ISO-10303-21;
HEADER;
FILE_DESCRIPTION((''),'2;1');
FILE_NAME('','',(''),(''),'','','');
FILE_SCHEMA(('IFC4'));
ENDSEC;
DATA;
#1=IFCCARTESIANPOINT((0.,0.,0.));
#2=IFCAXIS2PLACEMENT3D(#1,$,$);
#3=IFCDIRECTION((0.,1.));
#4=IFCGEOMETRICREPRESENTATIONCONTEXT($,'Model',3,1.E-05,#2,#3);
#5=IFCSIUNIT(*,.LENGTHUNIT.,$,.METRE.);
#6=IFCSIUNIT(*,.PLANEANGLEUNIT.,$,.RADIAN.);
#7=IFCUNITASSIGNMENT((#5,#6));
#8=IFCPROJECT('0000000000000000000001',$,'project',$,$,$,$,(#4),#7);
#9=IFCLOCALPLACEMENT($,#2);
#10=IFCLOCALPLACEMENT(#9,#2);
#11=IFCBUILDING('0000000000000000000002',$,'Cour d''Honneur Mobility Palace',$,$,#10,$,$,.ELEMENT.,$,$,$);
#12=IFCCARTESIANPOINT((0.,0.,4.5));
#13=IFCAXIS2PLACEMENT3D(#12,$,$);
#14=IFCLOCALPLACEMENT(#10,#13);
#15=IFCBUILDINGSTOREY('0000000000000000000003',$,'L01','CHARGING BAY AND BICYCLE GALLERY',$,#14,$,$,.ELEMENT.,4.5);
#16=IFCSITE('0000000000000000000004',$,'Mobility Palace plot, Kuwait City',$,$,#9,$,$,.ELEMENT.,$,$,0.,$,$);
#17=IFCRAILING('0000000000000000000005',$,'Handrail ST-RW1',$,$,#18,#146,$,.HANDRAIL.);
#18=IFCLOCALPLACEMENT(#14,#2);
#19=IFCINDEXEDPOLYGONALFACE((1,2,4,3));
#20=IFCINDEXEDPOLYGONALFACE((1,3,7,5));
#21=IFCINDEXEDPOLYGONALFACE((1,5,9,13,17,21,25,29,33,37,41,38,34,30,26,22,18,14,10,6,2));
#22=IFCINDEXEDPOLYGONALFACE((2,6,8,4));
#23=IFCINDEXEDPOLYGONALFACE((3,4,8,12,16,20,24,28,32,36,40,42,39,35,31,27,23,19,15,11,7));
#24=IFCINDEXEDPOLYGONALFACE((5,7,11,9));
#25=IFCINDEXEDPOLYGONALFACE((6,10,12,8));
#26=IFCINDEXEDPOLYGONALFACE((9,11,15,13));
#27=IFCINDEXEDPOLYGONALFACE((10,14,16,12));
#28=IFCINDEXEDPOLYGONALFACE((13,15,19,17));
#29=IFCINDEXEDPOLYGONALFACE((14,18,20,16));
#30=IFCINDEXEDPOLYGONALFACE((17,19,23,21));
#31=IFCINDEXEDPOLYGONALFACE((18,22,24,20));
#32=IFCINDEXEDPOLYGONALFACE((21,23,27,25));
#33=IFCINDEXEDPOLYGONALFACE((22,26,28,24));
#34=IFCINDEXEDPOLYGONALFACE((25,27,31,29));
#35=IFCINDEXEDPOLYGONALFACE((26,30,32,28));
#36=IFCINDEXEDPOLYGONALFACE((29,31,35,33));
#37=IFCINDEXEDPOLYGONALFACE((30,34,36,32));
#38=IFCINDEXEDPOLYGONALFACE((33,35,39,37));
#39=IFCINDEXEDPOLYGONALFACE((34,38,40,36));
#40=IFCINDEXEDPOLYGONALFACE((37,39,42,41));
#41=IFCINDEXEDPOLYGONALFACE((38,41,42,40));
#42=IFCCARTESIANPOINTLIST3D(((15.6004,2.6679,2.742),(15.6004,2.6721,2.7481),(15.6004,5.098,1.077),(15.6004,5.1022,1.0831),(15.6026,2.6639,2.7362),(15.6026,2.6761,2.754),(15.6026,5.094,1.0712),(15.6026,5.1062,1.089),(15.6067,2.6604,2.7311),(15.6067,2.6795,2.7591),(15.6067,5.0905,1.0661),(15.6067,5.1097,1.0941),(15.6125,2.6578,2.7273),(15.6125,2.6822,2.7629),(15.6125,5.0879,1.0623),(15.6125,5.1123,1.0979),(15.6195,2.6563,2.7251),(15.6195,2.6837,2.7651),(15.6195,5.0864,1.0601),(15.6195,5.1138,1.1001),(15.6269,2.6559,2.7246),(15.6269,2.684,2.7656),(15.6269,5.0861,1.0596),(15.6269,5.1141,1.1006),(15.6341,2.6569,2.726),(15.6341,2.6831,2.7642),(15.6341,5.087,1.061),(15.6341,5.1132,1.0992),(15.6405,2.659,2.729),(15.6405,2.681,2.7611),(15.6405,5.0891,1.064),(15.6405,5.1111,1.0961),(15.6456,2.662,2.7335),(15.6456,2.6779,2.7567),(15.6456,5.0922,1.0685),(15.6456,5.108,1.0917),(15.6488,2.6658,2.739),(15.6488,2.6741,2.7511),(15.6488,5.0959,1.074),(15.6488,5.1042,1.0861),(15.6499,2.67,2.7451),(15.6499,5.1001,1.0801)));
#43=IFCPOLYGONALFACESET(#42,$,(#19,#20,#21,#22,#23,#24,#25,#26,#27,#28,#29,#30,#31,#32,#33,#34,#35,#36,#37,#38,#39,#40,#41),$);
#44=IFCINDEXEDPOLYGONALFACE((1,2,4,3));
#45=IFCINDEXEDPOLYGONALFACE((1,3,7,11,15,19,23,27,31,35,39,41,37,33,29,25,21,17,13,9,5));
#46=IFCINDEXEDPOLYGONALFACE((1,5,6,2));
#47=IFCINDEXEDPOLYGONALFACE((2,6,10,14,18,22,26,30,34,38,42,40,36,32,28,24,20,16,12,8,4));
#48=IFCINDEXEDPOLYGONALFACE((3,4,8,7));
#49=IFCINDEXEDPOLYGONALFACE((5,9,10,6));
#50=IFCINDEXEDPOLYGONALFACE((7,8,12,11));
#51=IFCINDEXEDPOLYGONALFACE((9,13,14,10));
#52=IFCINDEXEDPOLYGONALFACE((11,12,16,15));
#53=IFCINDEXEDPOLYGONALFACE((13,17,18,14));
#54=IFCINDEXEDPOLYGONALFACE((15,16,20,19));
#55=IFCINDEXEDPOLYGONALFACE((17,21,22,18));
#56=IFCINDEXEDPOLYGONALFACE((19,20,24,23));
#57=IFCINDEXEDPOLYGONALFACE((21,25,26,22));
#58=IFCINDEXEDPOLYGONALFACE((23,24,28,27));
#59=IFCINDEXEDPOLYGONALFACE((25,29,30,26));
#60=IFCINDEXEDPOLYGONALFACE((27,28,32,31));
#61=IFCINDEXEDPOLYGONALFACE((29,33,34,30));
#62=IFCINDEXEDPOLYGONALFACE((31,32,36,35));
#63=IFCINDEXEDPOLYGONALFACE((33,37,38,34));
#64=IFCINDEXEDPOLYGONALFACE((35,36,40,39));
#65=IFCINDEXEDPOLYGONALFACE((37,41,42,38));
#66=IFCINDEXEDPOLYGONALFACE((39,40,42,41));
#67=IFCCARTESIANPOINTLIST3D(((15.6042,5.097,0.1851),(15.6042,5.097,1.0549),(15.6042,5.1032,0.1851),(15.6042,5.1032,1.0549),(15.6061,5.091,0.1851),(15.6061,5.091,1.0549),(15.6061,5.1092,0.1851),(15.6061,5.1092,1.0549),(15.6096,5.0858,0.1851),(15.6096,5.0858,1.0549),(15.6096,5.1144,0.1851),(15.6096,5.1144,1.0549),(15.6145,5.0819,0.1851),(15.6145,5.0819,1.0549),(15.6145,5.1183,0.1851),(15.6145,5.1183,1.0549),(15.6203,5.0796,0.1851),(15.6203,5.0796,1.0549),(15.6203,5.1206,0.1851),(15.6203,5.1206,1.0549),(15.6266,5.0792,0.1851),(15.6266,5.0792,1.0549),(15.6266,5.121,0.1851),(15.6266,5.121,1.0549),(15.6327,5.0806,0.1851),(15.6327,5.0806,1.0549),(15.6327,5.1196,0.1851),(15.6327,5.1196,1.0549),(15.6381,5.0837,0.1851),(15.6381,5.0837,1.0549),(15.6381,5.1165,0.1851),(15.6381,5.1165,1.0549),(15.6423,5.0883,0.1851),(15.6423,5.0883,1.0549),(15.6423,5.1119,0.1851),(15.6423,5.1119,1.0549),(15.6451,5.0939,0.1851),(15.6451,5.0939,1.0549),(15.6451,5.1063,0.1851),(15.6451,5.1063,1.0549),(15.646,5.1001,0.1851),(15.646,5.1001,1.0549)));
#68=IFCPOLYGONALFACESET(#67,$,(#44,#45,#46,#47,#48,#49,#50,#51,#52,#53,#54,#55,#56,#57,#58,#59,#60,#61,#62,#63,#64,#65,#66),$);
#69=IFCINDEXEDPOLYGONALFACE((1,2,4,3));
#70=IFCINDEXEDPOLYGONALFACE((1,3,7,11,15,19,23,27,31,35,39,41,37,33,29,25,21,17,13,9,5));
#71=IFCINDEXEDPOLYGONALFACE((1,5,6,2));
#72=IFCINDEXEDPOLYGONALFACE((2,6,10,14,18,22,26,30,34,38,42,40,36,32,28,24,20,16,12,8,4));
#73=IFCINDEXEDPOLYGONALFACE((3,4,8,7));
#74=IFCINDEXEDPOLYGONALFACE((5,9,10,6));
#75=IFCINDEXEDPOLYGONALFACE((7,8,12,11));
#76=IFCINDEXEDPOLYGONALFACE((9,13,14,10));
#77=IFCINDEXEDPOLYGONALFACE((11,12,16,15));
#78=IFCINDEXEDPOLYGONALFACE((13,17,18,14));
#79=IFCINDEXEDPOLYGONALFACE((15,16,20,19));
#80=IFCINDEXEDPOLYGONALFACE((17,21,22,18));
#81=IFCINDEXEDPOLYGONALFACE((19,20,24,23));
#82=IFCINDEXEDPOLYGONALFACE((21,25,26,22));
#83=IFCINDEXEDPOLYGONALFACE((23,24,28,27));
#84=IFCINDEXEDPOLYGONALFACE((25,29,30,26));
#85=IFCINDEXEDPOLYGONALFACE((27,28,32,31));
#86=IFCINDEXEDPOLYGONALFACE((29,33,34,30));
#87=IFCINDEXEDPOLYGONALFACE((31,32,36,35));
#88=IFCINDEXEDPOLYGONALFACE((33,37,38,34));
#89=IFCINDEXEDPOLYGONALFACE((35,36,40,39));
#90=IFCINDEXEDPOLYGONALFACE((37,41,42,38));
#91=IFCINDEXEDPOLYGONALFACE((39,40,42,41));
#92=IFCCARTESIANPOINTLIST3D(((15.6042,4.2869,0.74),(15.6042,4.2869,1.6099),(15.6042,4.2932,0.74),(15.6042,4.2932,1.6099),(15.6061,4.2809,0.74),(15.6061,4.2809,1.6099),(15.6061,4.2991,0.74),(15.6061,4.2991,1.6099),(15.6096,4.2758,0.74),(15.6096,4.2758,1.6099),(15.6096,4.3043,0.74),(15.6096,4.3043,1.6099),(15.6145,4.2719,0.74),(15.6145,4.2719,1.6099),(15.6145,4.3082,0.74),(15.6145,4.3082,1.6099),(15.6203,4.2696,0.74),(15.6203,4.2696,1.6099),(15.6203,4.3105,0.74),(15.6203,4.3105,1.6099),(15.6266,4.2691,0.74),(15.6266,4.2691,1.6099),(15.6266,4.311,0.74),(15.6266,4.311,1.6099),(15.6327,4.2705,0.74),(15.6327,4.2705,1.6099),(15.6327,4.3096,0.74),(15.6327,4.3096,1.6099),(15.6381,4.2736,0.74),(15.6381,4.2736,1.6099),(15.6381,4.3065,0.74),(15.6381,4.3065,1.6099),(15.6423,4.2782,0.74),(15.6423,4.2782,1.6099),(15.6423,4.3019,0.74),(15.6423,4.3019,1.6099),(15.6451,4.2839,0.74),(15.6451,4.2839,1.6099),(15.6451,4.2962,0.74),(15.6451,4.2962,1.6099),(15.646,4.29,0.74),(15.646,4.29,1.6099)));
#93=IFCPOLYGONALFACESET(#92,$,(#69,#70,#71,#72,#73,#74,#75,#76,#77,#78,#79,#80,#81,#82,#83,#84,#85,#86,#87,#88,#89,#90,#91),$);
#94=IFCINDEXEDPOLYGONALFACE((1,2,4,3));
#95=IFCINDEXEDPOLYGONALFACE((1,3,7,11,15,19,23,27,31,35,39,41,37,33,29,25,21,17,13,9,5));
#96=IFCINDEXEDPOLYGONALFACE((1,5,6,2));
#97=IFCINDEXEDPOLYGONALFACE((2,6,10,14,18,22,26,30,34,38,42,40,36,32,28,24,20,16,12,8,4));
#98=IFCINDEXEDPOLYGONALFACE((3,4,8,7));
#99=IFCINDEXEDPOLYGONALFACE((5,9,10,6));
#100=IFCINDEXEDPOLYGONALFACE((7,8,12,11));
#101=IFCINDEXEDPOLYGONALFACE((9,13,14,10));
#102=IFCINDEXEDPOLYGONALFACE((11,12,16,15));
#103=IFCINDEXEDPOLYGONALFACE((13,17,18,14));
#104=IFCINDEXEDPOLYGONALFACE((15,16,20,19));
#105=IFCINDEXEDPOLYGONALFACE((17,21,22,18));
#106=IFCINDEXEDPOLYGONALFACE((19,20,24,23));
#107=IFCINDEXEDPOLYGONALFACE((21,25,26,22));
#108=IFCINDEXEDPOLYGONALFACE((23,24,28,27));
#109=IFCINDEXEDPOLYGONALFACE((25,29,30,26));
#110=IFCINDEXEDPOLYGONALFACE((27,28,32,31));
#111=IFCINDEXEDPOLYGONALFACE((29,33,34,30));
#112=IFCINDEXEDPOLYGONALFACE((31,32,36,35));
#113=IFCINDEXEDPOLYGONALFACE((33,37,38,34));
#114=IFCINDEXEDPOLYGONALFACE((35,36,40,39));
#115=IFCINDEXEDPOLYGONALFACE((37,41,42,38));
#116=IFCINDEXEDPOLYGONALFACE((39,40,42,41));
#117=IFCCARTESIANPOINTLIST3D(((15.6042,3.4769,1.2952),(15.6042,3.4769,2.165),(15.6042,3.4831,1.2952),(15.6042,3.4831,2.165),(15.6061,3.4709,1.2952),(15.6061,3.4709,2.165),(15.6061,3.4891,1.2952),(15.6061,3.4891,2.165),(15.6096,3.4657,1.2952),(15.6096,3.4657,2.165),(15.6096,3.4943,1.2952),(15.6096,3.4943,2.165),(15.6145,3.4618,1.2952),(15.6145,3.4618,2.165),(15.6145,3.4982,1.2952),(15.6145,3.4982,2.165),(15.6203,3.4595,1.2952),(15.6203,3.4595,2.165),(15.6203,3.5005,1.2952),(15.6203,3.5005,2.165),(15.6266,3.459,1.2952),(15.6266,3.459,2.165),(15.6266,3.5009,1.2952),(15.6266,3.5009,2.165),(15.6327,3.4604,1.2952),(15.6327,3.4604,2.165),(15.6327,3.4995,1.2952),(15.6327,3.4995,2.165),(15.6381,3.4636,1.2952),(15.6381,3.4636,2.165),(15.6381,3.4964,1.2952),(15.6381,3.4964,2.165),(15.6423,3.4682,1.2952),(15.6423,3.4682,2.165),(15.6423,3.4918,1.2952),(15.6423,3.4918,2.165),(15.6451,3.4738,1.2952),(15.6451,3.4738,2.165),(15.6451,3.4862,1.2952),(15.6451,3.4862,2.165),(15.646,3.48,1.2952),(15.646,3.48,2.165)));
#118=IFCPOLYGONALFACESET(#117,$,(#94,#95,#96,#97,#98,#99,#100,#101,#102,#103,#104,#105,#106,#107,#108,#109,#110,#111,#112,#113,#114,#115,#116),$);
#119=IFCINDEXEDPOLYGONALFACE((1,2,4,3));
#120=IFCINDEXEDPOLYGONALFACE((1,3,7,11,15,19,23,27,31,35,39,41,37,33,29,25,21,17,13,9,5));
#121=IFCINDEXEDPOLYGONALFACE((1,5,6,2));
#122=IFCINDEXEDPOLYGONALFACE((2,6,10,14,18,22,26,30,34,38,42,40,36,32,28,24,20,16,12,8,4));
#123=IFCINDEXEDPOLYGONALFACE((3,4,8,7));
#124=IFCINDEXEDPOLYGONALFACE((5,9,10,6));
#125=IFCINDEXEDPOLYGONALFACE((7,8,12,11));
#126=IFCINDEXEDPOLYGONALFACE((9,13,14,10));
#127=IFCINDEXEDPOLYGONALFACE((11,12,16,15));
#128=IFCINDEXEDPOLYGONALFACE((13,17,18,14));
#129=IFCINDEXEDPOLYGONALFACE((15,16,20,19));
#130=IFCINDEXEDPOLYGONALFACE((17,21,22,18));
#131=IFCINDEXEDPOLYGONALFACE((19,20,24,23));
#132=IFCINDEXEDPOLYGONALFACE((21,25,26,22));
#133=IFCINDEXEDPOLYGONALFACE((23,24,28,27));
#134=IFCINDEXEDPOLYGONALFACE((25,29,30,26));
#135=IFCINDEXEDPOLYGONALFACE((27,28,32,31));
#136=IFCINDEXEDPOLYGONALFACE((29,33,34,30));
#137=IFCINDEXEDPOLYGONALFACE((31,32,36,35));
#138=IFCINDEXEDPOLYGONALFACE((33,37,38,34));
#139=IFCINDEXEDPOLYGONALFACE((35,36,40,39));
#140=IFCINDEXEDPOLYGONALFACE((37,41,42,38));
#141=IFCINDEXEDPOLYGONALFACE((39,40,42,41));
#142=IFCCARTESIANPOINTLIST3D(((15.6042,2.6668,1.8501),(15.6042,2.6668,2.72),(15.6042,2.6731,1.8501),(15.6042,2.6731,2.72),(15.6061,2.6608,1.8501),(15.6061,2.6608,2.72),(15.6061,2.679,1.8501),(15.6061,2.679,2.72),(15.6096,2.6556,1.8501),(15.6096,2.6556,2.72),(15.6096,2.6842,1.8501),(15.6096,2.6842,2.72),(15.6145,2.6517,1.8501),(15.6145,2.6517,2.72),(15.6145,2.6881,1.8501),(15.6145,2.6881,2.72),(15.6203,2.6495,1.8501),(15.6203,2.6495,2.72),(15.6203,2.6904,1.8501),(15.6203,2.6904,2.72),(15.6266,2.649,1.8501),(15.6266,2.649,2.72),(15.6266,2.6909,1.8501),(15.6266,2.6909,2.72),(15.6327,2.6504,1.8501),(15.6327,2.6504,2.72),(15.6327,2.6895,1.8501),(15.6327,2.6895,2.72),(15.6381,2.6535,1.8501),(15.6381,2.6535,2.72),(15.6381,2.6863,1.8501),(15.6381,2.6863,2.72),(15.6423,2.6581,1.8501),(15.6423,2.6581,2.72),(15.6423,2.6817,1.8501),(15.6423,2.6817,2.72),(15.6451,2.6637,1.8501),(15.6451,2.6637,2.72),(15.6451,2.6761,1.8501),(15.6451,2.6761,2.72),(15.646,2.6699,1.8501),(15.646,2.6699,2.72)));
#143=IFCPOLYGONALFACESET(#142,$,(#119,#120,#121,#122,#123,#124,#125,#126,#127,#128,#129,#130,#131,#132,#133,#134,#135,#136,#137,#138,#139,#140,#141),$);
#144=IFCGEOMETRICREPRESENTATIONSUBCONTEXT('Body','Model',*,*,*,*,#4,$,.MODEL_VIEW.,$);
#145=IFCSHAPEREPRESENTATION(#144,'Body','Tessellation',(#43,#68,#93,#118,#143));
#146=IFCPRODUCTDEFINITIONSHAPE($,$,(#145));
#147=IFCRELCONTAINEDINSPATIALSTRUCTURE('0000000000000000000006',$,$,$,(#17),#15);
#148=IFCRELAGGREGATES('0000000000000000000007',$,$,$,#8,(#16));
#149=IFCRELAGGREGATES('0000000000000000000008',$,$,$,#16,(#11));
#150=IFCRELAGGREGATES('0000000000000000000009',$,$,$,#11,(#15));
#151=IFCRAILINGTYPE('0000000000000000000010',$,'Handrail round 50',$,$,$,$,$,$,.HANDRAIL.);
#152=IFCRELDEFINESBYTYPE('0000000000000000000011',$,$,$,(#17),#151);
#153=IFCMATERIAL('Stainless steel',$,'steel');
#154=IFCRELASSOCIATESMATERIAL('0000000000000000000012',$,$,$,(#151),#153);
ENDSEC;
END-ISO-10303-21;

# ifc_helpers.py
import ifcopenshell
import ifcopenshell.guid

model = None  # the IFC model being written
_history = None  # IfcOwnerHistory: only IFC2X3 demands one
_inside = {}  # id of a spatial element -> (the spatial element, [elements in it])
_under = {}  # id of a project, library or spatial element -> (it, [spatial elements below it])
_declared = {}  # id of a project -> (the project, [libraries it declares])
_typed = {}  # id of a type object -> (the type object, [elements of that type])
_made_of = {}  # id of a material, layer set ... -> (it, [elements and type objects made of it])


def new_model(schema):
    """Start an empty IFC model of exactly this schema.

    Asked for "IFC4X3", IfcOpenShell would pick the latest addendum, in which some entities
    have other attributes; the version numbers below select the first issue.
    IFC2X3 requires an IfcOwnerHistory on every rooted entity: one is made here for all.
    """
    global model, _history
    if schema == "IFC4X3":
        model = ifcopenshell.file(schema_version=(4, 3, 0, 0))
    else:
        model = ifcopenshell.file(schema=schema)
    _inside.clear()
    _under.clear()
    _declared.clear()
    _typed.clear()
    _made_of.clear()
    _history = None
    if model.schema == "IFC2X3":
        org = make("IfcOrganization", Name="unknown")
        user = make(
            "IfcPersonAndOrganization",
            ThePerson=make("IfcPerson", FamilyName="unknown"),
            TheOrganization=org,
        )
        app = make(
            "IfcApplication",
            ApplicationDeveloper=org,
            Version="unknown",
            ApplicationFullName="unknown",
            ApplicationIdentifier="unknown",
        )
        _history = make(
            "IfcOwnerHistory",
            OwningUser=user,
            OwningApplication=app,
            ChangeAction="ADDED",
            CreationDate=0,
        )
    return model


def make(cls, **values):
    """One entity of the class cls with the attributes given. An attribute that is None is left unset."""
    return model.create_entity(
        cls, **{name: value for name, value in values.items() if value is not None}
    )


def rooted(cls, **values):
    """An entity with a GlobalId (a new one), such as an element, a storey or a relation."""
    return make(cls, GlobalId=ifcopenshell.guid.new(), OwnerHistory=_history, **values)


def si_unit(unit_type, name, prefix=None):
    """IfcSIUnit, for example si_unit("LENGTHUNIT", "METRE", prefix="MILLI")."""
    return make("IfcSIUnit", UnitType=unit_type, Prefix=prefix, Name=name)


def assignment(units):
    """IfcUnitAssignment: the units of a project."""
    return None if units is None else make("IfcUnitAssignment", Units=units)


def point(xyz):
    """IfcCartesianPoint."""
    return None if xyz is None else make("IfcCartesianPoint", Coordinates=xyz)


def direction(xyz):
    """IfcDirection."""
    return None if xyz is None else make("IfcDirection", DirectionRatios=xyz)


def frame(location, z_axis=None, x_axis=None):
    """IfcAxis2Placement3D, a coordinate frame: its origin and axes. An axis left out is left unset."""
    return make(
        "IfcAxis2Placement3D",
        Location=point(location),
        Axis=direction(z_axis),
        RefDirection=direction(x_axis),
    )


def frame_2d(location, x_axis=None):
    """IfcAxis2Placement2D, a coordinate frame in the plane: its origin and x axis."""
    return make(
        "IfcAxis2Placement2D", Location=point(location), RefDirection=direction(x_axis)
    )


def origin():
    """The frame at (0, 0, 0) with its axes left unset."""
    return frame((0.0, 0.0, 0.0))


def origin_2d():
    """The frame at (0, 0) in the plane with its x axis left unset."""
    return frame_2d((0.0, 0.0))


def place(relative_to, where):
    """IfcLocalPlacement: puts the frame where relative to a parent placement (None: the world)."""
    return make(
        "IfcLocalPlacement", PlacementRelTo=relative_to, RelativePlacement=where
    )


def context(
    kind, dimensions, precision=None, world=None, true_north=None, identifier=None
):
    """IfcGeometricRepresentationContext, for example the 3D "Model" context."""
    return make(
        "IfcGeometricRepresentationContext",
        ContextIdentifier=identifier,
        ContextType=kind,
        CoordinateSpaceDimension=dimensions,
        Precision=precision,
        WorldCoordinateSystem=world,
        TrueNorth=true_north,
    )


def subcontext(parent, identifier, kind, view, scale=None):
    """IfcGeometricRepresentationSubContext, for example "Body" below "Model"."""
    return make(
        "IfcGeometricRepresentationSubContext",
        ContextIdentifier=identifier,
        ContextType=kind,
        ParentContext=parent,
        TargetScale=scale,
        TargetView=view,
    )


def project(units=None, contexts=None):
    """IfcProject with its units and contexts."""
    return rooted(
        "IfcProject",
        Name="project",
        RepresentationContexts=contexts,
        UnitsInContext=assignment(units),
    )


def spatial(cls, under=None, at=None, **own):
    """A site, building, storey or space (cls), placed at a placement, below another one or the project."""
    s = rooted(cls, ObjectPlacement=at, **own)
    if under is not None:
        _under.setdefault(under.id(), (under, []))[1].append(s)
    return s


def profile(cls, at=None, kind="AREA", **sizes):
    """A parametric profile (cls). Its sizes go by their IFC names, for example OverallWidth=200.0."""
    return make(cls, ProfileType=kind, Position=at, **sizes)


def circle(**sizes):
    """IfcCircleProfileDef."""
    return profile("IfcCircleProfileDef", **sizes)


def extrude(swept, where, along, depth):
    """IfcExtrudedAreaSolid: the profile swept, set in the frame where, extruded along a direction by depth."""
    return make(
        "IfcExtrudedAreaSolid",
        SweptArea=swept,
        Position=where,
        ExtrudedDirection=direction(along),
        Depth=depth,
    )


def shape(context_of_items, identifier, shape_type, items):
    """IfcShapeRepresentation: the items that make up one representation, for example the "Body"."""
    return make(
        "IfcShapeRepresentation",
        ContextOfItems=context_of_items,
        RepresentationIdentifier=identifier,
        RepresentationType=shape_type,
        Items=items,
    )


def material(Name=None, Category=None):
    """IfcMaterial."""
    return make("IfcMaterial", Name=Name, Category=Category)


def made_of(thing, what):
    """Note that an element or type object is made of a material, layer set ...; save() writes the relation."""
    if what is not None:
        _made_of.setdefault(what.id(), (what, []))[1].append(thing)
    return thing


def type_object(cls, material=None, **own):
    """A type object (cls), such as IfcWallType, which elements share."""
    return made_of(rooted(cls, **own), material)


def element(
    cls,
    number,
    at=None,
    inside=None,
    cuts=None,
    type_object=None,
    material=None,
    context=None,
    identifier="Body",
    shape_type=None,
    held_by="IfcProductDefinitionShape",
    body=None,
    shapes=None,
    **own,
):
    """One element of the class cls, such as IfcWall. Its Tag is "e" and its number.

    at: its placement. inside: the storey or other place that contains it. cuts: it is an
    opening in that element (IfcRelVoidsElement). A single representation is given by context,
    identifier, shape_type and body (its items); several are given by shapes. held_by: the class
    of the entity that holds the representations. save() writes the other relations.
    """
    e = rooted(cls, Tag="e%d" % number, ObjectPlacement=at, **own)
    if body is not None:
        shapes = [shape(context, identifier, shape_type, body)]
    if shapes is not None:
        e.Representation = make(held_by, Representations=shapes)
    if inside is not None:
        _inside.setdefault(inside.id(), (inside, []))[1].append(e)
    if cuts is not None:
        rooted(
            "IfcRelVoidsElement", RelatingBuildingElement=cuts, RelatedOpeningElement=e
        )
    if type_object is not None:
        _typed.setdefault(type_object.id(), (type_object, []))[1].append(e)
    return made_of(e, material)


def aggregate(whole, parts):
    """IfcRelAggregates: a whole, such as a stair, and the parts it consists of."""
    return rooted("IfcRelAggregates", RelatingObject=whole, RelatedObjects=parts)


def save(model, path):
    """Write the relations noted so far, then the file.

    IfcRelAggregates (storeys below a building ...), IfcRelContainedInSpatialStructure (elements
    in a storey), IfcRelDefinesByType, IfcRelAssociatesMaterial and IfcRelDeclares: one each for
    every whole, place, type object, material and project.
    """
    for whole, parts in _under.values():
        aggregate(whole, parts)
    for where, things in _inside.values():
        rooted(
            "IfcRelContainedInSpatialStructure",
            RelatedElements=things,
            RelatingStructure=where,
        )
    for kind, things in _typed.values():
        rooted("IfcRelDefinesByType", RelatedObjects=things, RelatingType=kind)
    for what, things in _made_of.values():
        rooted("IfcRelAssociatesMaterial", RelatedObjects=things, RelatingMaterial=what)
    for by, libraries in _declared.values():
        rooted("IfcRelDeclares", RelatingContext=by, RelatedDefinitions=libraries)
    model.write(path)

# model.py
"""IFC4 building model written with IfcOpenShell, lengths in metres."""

from ifc_helpers import new_model, si_unit, direction, frame, origin, origin_2d, place, context, subcontext, project, spatial, circle, extrude, material, type_object, element, save


model = new_model("IFC4")

# Units and contexts
model_context = context("Model", 3, precision=1e-05, world=origin(), true_north=direction((0.0, 1.0)))
body_context = subcontext(model_context, "Body", "Model", "MODEL_VIEW")
ifc_project = project(units=[si_unit("LENGTHUNIT", "METRE"), si_unit("PLANEANGLEUNIT", "RADIAN")], contexts=[model_context])

# Site, building, storey
site_placement = place(None, origin())
site = spatial("IfcSite", under=ifc_project, at=site_placement, Name="Mobility Palace plot, Kuwait City", CompositionType="ELEMENT", RefElevation=0.0)
building_placement = place(site_placement, origin())
building = spatial("IfcBuilding", under=site, at=building_placement, Name="Cour d'Honneur Mobility Palace", CompositionType="ELEMENT")
storey_placement = place(building_placement, frame((0.0, 0.0, 4.5)))
storey = spatial("IfcBuildingStorey", under=building, at=storey_placement, Name="L01", Description="CHARGING BAY AND BICYCLE GALLERY", CompositionType="ELEMENT", Elevation=4.5)

# Railing
ifc_material_1 = material(Name="Stainless steel", Category="steel")
railing_type_1 = type_object("IfcRailingType", Name="Handrail round 50", PredefinedType="HANDRAIL", material=ifc_material_1)
for number, where, name in (
    (1, (15.625, 5.1001, 0.1851), "Handrail ST-RW1"),
):
    element("IfcRailing", number, at=place(storey_placement, frame(where)), inside=storey, type_object=railing_type_1, Name=name, PredefinedType="HANDRAIL", context=body_context, shape_type="SweptSolid", body=[
        extrude(circle(Radius=0.0249, at=origin_2d()), frame((0.0, 0.0, 0.895), z_axis=(0.0, -0.824945, 0.565213), x_axis=(1.0, 0.0, 0.0)), (0.0, 0.0, 1.0), 2.9458),
        extrude(circle(Radius=0.021, at=origin_2d()), origin(), (0.0, 0.0, 1.0), 0.8699),
        extrude(circle(Radius=0.021, at=origin_2d()), frame((0.0, -0.8101, 0.5549)), (0.0, 0.0, 1.0), 0.8699),
        extrude(circle(Radius=0.021, at=origin_2d()), frame((0.0, -1.6201, 1.1101)), (0.0, 0.0, 1.0), 0.8699),
        extrude(circle(Radius=0.021, at=origin_2d()), frame((0.0, -2.4302, 1.665)), (0.0, 0.0, 1.0), 0.8699),
    ])

save(model, "model.ifc")
